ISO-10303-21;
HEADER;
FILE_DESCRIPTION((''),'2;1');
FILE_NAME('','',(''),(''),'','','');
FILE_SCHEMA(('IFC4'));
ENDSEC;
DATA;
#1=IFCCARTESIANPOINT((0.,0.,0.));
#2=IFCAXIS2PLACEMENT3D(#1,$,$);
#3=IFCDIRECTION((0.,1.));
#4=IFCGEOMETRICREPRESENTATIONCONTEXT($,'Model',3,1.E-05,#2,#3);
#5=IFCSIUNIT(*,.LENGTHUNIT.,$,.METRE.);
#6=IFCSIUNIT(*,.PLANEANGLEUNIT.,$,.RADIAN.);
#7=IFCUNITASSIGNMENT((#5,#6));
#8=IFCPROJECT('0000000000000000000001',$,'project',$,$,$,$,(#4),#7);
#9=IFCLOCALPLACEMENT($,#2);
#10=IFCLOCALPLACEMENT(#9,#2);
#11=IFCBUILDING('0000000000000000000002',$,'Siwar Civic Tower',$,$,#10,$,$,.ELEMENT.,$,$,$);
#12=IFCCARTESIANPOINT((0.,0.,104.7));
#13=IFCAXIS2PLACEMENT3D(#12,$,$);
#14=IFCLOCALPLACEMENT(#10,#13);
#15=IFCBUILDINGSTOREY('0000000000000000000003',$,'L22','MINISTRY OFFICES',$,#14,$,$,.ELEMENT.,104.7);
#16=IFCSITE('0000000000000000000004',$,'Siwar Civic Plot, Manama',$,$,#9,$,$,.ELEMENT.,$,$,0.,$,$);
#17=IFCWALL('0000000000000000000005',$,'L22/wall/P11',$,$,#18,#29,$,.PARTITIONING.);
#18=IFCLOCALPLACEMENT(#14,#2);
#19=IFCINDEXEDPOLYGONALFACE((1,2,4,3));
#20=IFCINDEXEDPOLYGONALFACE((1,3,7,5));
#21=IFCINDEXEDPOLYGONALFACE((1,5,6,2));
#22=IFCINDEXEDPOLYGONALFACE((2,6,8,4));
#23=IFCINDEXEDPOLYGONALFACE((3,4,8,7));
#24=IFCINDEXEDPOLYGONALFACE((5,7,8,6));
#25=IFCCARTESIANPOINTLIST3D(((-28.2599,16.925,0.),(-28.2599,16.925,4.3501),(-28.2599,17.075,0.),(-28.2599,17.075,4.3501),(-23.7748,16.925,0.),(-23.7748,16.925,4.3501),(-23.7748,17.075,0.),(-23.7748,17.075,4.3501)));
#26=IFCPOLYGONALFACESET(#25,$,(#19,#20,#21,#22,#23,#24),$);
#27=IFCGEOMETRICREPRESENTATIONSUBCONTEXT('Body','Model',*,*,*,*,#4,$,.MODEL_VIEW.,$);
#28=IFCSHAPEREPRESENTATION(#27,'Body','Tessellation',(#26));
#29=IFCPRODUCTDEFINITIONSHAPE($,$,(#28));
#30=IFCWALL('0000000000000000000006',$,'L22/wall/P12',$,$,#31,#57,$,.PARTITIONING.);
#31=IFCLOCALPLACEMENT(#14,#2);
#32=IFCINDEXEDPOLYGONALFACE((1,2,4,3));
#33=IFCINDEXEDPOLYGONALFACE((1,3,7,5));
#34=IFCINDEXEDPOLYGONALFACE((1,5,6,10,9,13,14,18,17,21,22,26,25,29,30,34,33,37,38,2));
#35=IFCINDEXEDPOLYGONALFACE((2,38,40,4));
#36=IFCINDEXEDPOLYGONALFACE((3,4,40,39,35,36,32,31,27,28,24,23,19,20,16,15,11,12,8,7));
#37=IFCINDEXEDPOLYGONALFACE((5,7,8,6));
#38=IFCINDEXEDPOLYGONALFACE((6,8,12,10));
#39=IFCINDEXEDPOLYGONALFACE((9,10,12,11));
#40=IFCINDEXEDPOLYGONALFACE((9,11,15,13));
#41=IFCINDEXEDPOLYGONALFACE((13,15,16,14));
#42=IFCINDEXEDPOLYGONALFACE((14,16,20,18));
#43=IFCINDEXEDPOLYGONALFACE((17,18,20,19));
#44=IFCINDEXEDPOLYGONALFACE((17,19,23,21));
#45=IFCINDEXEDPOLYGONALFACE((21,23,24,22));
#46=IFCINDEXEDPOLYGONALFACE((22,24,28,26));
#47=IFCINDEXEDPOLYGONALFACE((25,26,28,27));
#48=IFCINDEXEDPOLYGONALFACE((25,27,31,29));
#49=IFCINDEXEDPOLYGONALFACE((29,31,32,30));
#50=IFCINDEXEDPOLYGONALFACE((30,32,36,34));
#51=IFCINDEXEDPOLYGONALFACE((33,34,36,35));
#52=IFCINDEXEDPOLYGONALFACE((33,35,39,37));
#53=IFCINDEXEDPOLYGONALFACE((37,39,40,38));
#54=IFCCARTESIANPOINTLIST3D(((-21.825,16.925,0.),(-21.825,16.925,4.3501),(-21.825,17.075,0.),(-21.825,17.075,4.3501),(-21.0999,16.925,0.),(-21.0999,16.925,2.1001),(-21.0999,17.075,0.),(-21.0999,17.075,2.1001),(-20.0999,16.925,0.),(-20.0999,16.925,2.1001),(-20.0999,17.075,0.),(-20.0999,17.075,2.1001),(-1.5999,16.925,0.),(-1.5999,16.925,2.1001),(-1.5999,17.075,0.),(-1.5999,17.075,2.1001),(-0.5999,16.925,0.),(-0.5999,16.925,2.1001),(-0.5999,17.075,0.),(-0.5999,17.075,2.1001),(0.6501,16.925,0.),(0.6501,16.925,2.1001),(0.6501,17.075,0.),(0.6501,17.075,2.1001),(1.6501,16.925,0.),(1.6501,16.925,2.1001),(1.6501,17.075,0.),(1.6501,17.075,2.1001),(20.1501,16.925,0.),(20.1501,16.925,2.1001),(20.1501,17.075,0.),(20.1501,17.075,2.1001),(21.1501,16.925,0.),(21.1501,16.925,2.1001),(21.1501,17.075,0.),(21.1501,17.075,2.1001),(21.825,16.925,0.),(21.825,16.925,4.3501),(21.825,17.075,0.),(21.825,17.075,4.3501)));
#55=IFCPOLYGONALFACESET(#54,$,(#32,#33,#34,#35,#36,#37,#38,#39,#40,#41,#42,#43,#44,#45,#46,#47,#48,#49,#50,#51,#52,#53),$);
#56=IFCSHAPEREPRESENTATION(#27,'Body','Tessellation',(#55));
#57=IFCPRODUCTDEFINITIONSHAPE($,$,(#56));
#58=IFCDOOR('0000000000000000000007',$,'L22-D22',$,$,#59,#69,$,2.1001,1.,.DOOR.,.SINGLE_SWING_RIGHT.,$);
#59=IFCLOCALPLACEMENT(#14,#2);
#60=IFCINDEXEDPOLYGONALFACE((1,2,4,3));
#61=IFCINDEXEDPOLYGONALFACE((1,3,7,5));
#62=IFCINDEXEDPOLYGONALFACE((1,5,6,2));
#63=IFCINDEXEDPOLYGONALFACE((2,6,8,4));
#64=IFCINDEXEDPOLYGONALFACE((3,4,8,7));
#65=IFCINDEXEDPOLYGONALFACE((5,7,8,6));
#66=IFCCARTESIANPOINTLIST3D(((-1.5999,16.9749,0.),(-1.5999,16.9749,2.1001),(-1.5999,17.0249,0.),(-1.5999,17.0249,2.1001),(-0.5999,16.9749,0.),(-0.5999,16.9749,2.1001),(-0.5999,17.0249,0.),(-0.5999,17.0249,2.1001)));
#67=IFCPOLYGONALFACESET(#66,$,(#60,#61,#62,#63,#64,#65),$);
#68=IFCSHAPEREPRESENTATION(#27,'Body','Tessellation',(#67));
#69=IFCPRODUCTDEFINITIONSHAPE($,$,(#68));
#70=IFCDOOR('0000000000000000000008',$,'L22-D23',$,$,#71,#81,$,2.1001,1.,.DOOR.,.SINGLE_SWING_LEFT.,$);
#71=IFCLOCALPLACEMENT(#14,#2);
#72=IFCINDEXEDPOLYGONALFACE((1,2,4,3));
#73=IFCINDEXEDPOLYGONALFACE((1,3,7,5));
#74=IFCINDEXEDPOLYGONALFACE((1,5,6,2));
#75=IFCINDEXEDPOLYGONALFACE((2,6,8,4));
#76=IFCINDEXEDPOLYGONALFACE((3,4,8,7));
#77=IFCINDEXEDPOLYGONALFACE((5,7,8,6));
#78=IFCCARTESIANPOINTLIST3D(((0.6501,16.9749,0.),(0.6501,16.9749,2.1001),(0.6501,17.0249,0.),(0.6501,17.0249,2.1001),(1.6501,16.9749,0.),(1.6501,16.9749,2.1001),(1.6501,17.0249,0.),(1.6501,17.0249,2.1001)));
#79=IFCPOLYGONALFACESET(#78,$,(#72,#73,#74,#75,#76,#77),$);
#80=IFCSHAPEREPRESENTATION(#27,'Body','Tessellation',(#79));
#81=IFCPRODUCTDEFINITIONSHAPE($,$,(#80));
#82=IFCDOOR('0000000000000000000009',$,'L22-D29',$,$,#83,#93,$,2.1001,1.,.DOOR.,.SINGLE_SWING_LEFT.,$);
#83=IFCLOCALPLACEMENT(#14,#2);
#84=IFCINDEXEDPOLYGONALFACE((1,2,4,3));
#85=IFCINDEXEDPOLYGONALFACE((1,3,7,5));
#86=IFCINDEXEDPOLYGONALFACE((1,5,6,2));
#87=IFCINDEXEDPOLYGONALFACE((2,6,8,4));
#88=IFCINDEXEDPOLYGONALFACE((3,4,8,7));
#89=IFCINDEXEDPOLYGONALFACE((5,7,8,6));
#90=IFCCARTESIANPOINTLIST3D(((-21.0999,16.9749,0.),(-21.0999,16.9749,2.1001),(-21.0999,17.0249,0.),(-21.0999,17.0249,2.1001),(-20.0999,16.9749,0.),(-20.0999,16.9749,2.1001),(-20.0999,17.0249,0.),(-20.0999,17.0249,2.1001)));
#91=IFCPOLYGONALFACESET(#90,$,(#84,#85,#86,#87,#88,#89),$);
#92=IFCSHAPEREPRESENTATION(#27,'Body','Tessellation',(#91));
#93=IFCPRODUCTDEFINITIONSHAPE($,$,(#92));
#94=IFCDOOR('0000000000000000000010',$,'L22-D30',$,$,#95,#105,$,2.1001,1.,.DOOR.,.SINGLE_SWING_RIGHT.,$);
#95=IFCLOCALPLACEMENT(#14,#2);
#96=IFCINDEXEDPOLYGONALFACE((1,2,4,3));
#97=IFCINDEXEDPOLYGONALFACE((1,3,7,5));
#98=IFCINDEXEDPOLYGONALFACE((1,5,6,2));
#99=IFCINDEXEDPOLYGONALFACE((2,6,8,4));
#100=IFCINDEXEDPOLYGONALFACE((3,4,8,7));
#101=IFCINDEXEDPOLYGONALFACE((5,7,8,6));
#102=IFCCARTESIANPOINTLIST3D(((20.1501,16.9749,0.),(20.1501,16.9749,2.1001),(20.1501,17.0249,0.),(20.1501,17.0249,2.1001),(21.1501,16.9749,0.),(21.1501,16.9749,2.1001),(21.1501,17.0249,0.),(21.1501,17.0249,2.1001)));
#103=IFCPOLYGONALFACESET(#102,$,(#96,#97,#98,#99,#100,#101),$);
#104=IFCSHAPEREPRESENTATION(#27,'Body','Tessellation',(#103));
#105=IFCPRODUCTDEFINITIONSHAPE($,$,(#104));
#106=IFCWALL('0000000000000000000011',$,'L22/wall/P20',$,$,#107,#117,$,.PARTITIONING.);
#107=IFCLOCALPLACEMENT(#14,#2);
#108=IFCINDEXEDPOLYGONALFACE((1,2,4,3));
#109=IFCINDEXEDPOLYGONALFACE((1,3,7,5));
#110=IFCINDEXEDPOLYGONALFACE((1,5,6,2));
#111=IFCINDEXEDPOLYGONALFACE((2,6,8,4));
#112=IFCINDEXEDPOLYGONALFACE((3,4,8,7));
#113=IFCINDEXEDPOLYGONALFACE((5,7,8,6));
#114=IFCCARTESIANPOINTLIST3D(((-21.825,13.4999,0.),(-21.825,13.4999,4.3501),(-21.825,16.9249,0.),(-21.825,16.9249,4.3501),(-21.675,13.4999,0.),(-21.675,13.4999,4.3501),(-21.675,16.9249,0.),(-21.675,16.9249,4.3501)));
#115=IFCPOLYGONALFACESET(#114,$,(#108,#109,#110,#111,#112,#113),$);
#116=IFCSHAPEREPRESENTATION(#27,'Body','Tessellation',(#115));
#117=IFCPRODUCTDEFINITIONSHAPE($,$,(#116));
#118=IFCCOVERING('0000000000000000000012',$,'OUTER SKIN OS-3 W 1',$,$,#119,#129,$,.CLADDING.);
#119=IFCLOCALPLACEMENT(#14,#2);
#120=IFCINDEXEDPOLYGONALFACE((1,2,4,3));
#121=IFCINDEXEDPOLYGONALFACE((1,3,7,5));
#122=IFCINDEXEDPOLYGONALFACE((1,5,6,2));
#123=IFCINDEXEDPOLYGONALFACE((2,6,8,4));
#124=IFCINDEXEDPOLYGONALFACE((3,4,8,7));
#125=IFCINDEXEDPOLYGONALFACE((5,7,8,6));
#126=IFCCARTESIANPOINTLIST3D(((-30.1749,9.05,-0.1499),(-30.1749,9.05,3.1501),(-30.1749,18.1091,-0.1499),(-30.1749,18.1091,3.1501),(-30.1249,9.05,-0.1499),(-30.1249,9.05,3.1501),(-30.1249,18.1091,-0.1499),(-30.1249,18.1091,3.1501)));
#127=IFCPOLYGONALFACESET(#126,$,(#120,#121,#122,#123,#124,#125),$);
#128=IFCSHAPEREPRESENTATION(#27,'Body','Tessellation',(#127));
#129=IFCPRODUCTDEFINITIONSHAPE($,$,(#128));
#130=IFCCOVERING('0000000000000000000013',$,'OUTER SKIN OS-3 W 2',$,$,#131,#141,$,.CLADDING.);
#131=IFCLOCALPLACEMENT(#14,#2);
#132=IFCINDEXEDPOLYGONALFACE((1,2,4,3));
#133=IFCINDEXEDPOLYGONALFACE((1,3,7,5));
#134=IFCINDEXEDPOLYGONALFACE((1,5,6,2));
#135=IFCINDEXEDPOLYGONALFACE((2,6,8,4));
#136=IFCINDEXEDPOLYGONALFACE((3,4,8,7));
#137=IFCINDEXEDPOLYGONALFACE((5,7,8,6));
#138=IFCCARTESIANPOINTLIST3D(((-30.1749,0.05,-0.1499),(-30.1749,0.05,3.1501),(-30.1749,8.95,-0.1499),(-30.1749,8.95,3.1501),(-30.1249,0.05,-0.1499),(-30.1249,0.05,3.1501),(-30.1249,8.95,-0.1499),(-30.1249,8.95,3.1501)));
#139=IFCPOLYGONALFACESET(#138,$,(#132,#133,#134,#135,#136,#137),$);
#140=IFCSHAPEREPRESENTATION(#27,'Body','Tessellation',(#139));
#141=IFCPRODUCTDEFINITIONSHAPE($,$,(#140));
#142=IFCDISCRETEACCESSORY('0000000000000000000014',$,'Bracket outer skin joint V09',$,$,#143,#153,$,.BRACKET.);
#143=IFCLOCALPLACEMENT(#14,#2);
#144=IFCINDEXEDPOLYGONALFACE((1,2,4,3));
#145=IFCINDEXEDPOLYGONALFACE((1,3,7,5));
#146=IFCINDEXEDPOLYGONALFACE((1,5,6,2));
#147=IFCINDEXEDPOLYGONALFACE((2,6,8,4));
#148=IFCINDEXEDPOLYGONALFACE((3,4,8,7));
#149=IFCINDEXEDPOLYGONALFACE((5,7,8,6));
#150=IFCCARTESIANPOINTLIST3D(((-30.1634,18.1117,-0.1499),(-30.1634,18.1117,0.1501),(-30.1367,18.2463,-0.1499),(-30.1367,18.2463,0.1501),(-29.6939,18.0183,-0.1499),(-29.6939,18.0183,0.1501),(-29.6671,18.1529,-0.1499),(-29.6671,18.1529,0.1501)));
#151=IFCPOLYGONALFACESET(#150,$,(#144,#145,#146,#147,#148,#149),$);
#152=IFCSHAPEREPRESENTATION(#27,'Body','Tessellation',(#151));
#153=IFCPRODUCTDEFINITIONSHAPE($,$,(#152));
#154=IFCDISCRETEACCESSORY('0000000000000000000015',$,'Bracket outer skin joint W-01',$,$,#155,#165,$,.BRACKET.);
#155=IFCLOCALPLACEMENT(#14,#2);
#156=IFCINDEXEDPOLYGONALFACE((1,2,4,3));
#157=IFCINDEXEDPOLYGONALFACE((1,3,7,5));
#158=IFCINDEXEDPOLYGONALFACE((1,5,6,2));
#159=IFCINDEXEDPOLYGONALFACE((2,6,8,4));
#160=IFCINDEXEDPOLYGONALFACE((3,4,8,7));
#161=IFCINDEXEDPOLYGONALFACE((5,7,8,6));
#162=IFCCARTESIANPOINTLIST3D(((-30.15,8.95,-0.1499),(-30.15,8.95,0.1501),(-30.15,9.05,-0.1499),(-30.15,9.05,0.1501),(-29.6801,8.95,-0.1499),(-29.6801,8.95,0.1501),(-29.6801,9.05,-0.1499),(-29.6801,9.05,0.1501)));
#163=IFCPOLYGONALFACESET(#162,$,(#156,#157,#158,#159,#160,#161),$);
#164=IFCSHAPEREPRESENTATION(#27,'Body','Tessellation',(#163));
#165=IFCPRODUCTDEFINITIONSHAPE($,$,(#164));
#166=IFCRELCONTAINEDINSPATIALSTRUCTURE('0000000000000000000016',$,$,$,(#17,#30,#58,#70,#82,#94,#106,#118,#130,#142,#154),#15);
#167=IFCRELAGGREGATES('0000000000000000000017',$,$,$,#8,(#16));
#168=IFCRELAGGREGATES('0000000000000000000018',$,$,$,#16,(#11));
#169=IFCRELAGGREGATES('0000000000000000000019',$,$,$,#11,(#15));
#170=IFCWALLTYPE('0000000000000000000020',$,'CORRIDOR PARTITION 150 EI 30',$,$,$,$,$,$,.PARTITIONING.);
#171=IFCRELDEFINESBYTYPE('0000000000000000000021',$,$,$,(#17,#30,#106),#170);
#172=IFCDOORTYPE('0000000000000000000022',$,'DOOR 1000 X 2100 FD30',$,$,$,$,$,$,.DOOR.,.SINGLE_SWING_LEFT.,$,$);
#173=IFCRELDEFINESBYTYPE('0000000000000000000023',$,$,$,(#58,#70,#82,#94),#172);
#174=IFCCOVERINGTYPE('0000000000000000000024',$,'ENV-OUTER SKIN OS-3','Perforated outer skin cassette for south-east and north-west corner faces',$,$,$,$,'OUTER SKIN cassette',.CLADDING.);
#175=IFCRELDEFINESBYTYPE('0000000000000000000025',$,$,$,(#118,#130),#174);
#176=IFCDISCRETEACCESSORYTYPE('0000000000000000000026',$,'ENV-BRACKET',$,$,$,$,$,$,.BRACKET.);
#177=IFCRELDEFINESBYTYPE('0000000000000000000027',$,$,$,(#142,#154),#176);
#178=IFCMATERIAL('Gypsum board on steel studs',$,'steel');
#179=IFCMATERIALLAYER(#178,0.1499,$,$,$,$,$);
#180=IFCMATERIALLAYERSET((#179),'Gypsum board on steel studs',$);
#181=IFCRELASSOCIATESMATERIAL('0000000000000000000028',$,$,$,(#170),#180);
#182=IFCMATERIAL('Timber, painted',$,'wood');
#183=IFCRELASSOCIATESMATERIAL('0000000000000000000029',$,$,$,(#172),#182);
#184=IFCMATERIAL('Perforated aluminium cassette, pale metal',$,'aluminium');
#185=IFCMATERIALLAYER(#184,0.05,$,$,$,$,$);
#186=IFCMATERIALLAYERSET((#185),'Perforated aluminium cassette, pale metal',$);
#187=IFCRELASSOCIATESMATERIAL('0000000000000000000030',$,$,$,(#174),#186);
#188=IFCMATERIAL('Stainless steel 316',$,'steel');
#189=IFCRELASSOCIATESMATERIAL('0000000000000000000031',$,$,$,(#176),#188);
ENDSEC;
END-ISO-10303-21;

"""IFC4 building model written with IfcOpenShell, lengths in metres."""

from ifc_helpers import new_model, si_unit, direction, frame, frame_2d, origin, origin_2d, place, context, subcontext, project, spatial, rectangle, extrude, material, layer, layer_set, type_object, element, fill, save


model = new_model("IFC4")

# Units and contexts
model_context = context("Model", 3, precision=1e-05, world=origin(), true_north=direction((0.0, 1.0)))
body_context = subcontext(model_context, "Body", "Model", "MODEL_VIEW")
ifc_project = project(units=[si_unit("LENGTHUNIT", "METRE"), si_unit("PLANEANGLEUNIT", "RADIAN")], contexts=[model_context])

# Site, building, storey
site_placement = place(None, origin())
site = spatial("IfcSite", under=ifc_project, at=site_placement, Name="Siwar Civic Plot, Manama", CompositionType="ELEMENT", RefElevation=0.0)
building_placement = place(site_placement, origin())
building = spatial("IfcBuilding", under=site, at=building_placement, Name="Siwar Civic Tower", CompositionType="ELEMENT")
storey_placement = place(building_placement, frame((0.0, 0.0, 104.7)))
storey = spatial("IfcBuildingStorey", under=building, at=storey_placement, Name="L22", Description="MINISTRY OFFICES", CompositionType="ELEMENT", Elevation=104.7)

# Wall
ifc_material_1 = material(Name="Gypsum board on steel studs", Category="steel")
ifc_layer_1 = layer(ifc_material_1, 0.1499)
ifc_layer_set_1 = layer_set([ifc_layer_1], Name="Gypsum board on steel studs")
wall_type = type_object("IfcWallType", Name="CORRIDOR PARTITION 150 EI 30", PredefinedType="PARTITIONING", material=ifc_layer_set_1)
wall_1_placement = place(storey_placement, frame((-28.26, 17.0, 0.0), z_axis=(0.0, 0.0, 1.0), x_axis=(1.0, 0.0, 0.0)))
element("IfcWall", 1, at=wall_1_placement, inside=storey, type_object=wall_type, Name="L22/wall/P11", PredefinedType="PARTITIONING", context=body_context, shape_type="SweptSolid", body=[
    extrude(rectangle(XDim=4.4851, YDim=0.1499, at=frame_2d((2.2427, 0.0))), origin(), (0.0, 0.0, 1.0), 4.3501),
])

# Wall, openings, doors
wall_2_placement = place(storey_placement, frame((-21.825, 17.0, 0.0), z_axis=(0.0, 0.0, 1.0), x_axis=(1.0, 0.0, 0.0)))
wall_2 = element("IfcWall", 2, at=wall_2_placement, inside=storey, type_object=wall_type, Name="L22/wall/P12", PredefinedType="PARTITIONING", context=body_context, shape_type="SweptSolid", body=[
    extrude(rectangle(XDim=43.6499, YDim=0.1499, at=frame_2d((21.825, 0.0))), origin(), (0.0, 0.0, 1.0), 4.3501),
])
opening_1_placement = place(wall_2_placement, frame((20.2251, 0.0, 0.0)))
opening_1 = element("IfcOpeningElement", 3, at=opening_1_placement, cuts=wall_2, PredefinedType="OPENING", context=body_context, shape_type="SweptSolid", body=[
    extrude(rectangle(XDim=1.0, YDim=2.1001, at=frame_2d((0.5, 1.05))), frame((0.0, 0.085, 0.0), z_axis=(0.0, -1.0, 0.0), x_axis=(1.0, 0.0, 0.0)), (0.0, 0.0, 1.0), 0.1699),
])
opening_2_placement = place(wall_2_placement, frame((22.4751, 0.0, 0.0)))
opening_2 = element("IfcOpeningElement", 4, at=opening_2_placement, cuts=wall_2, PredefinedType="OPENING", context=body_context, shape_type="SweptSolid", body=[
    extrude(rectangle(XDim=1.0, YDim=2.1001, at=frame_2d((0.5, 1.05))), frame((0.0, 0.085, 0.0), z_axis=(0.0, -1.0, 0.0), x_axis=(1.0, 0.0, 0.0)), (0.0, 0.0, 1.0), 0.1699),
])
opening_3_placement = place(wall_2_placement, frame((0.7251, 0.0, 0.0)))
opening_3 = element("IfcOpeningElement", 5, at=opening_3_placement, cuts=wall_2, PredefinedType="OPENING", context=body_context, shape_type="SweptSolid", body=[
    extrude(rectangle(XDim=1.0, YDim=2.1001, at=frame_2d((0.5, 1.05))), frame((0.0, 0.085, 0.0), z_axis=(0.0, -1.0, 0.0), x_axis=(1.0, 0.0, 0.0)), (0.0, 0.0, 1.0), 0.1699),
])
opening_4_placement = place(wall_2_placement, frame((41.9751, 0.0, 0.0)))
opening_4 = element("IfcOpeningElement", 6, at=opening_4_placement, cuts=wall_2, PredefinedType="OPENING", context=body_context, shape_type="SweptSolid", body=[
    extrude(rectangle(XDim=1.0, YDim=2.1001, at=frame_2d((0.5, 1.05))), frame((0.0, 0.085, 0.0), z_axis=(0.0, -1.0, 0.0), x_axis=(1.0, 0.0, 0.0)), (0.0, 0.0, 1.0), 0.1699),
])
ifc_material_2 = material(Name="Timber, painted", Category="wood")
door_type = type_object("IfcDoorType", Name="DOOR 1000 X 2100 FD30", OperationType="SINGLE_SWING_LEFT", PredefinedType="DOOR", material=ifc_material_2)
door_1_placement = place(opening_1_placement, origin())
door_1 = element("IfcDoor", 7, at=door_1_placement, inside=storey, type_object=door_type, Name="L22-D22", OperationType="SINGLE_SWING_RIGHT", OverallHeight=2.1001, OverallWidth=1.0, PredefinedType="DOOR", context=body_context, shape_type="SweptSolid", body=[
    extrude(rectangle(XDim=1.0, YDim=2.1001, at=frame_2d((0.5, 1.05))), frame((0.0, 0.0249, 0.0), z_axis=(0.0, -1.0, 0.0), x_axis=(1.0, 0.0, 0.0)), (0.0, 0.0, 1.0), 0.05),
])
fill(opening_1, door_1)
door_2_placement = place(opening_2_placement, origin())
door_2 = element("IfcDoor", 8, at=door_2_placement, inside=storey, type_object=door_type, Name="L22-D23", OperationType="SINGLE_SWING_LEFT", OverallHeight=2.1001, OverallWidth=1.0, PredefinedType="DOOR", context=body_context, shape_type="SweptSolid", body=[
    extrude(rectangle(XDim=1.0, YDim=2.1001, at=frame_2d((0.5, 1.05))), frame((0.0, 0.0249, 0.0), z_axis=(0.0, -1.0, 0.0), x_axis=(1.0, 0.0, 0.0)), (0.0, 0.0, 1.0), 0.05),
])
fill(opening_2, door_2)
door_3_placement = place(opening_3_placement, origin())
door_3 = element("IfcDoor", 9, at=door_3_placement, inside=storey, type_object=door_type, Name="L22-D29", OperationType="SINGLE_SWING_LEFT", OverallHeight=2.1001, OverallWidth=1.0, PredefinedType="DOOR", context=body_context, shape_type="SweptSolid", body=[
    extrude(rectangle(XDim=1.0, YDim=2.1001, at=frame_2d((0.5, 1.05))), frame((0.0, 0.0249, 0.0), z_axis=(0.0, -1.0, 0.0), x_axis=(1.0, 0.0, 0.0)), (0.0, 0.0, 1.0), 0.05),
])
fill(opening_3, door_3)
door_4_placement = place(opening_4_placement, origin())
door_4 = element("IfcDoor", 10, at=door_4_placement, inside=storey, type_object=door_type, Name="L22-D30", OperationType="SINGLE_SWING_RIGHT", OverallHeight=2.1001, OverallWidth=1.0, PredefinedType="DOOR", context=body_context, shape_type="SweptSolid", body=[
    extrude(rectangle(XDim=1.0, YDim=2.1001, at=frame_2d((0.5, 1.05))), frame((0.0, 0.0249, 0.0), z_axis=(0.0, -1.0, 0.0), x_axis=(1.0, 0.0, 0.0)), (0.0, 0.0, 1.0), 0.05),
])
fill(opening_4, door_4)

# Wall
wall_3_placement = place(storey_placement, frame((-21.75, 13.5, 0.0), z_axis=(0.0, 0.0, 1.0), x_axis=(0.0, 1.0, 0.0)))
element("IfcWall", 11, at=wall_3_placement, inside=storey, type_object=wall_type, Name="L22/wall/P20", PredefinedType="PARTITIONING", context=body_context, shape_type="SweptSolid", body=[
    extrude(rectangle(XDim=3.425, YDim=0.1499, at=frame_2d((1.7124, 0.0))), origin(), (0.0, 0.0, 1.0), 4.3501),
])

# Coverings
ifc_material_3 = material(Name="Perforated aluminium cassette, pale metal", Category="aluminium")
ifc_layer_2 = layer(ifc_material_3, 0.05)
ifc_layer_set_2 = layer_set([ifc_layer_2], Name="Perforated aluminium cassette, pale metal")
covering_type = type_object("IfcCoveringType", Name="ENV-OUTER SKIN OS-3", Description="Perforated outer skin cassette for south-east and north-west corner faces", ElementType="OUTER SKIN cassette", PredefinedType="CLADDING", material=ifc_layer_set_2)
covering_1_placement = place(storey_placement, frame((-30.1499, 13.5796, -0.1499), z_axis=(0.0, 0.0, 1.0), x_axis=(0.0, -1.0, 0.0)))
element("IfcCovering", 12, at=covering_1_placement, inside=storey, type_object=covering_type, Name="OUTER SKIN OS-3 W 1", PredefinedType="CLADDING", context=body_context, shape_type="SweptSolid", body=[
    extrude(rectangle(XDim=9.0591, YDim=0.05, at=origin_2d()), origin(), (0.0, 0.0, 1.0), 3.3),
])
covering_2_placement = place(storey_placement, frame((-30.1499, 4.5, -0.1499), z_axis=(0.0, 0.0, 1.0), x_axis=(0.0, -1.0, 0.0)))
element("IfcCovering", 13, at=covering_2_placement, inside=storey, type_object=covering_type, Name="OUTER SKIN OS-3 W 2", PredefinedType="CLADDING", context=body_context, shape_type="SweptSolid", body=[
    extrude(rectangle(XDim=8.8999, YDim=0.05, at=origin_2d()), origin(), (0.0, 0.0, 1.0), 3.3),
])

# Discrete accessories
ifc_material_4 = material(Name="Stainless steel 316", Category="steel")
discrete_accessory_type = type_object("IfcDiscreteAccessoryType", Name="ENV-BRACKET", PredefinedType="BRACKET", material=ifc_material_4)
discrete_accessory_1_placement = place(storey_placement, frame((-29.9153, 18.1323, -0.1499), z_axis=(0.0, 0.0, 1.0), x_axis=(-0.980785, 0.19509, 0.0)))
element("IfcDiscreteAccessory", 14, at=discrete_accessory_1_placement, inside=storey, type_object=discrete_accessory_type, Name="Bracket outer skin joint V09", PredefinedType="BRACKET", context=body_context, shape_type="SweptSolid", body=[
    extrude(rectangle(XDim=0.4788, YDim=0.1372, at=origin_2d()), origin(), (0.0, 0.0, 1.0), 0.3),
])
discrete_accessory_2_placement = place(storey_placement, frame((-29.915, 9.0, -0.1499), z_axis=(0.0, 0.0, 1.0), x_axis=(-1.0, 0.0, 0.0)))
element("IfcDiscreteAccessory", 15, at=discrete_accessory_2_placement, inside=storey, type_object=discrete_accessory_type, Name="Bracket outer skin joint W-01", PredefinedType="BRACKET", context=body_context, shape_type="SweptSolid", body=[
    extrude(rectangle(XDim=0.47, YDim=0.1001, at=origin_2d()), origin(), (0.0, 0.0, 1.0), 0.3),
])

save(model, "model.ifc")
